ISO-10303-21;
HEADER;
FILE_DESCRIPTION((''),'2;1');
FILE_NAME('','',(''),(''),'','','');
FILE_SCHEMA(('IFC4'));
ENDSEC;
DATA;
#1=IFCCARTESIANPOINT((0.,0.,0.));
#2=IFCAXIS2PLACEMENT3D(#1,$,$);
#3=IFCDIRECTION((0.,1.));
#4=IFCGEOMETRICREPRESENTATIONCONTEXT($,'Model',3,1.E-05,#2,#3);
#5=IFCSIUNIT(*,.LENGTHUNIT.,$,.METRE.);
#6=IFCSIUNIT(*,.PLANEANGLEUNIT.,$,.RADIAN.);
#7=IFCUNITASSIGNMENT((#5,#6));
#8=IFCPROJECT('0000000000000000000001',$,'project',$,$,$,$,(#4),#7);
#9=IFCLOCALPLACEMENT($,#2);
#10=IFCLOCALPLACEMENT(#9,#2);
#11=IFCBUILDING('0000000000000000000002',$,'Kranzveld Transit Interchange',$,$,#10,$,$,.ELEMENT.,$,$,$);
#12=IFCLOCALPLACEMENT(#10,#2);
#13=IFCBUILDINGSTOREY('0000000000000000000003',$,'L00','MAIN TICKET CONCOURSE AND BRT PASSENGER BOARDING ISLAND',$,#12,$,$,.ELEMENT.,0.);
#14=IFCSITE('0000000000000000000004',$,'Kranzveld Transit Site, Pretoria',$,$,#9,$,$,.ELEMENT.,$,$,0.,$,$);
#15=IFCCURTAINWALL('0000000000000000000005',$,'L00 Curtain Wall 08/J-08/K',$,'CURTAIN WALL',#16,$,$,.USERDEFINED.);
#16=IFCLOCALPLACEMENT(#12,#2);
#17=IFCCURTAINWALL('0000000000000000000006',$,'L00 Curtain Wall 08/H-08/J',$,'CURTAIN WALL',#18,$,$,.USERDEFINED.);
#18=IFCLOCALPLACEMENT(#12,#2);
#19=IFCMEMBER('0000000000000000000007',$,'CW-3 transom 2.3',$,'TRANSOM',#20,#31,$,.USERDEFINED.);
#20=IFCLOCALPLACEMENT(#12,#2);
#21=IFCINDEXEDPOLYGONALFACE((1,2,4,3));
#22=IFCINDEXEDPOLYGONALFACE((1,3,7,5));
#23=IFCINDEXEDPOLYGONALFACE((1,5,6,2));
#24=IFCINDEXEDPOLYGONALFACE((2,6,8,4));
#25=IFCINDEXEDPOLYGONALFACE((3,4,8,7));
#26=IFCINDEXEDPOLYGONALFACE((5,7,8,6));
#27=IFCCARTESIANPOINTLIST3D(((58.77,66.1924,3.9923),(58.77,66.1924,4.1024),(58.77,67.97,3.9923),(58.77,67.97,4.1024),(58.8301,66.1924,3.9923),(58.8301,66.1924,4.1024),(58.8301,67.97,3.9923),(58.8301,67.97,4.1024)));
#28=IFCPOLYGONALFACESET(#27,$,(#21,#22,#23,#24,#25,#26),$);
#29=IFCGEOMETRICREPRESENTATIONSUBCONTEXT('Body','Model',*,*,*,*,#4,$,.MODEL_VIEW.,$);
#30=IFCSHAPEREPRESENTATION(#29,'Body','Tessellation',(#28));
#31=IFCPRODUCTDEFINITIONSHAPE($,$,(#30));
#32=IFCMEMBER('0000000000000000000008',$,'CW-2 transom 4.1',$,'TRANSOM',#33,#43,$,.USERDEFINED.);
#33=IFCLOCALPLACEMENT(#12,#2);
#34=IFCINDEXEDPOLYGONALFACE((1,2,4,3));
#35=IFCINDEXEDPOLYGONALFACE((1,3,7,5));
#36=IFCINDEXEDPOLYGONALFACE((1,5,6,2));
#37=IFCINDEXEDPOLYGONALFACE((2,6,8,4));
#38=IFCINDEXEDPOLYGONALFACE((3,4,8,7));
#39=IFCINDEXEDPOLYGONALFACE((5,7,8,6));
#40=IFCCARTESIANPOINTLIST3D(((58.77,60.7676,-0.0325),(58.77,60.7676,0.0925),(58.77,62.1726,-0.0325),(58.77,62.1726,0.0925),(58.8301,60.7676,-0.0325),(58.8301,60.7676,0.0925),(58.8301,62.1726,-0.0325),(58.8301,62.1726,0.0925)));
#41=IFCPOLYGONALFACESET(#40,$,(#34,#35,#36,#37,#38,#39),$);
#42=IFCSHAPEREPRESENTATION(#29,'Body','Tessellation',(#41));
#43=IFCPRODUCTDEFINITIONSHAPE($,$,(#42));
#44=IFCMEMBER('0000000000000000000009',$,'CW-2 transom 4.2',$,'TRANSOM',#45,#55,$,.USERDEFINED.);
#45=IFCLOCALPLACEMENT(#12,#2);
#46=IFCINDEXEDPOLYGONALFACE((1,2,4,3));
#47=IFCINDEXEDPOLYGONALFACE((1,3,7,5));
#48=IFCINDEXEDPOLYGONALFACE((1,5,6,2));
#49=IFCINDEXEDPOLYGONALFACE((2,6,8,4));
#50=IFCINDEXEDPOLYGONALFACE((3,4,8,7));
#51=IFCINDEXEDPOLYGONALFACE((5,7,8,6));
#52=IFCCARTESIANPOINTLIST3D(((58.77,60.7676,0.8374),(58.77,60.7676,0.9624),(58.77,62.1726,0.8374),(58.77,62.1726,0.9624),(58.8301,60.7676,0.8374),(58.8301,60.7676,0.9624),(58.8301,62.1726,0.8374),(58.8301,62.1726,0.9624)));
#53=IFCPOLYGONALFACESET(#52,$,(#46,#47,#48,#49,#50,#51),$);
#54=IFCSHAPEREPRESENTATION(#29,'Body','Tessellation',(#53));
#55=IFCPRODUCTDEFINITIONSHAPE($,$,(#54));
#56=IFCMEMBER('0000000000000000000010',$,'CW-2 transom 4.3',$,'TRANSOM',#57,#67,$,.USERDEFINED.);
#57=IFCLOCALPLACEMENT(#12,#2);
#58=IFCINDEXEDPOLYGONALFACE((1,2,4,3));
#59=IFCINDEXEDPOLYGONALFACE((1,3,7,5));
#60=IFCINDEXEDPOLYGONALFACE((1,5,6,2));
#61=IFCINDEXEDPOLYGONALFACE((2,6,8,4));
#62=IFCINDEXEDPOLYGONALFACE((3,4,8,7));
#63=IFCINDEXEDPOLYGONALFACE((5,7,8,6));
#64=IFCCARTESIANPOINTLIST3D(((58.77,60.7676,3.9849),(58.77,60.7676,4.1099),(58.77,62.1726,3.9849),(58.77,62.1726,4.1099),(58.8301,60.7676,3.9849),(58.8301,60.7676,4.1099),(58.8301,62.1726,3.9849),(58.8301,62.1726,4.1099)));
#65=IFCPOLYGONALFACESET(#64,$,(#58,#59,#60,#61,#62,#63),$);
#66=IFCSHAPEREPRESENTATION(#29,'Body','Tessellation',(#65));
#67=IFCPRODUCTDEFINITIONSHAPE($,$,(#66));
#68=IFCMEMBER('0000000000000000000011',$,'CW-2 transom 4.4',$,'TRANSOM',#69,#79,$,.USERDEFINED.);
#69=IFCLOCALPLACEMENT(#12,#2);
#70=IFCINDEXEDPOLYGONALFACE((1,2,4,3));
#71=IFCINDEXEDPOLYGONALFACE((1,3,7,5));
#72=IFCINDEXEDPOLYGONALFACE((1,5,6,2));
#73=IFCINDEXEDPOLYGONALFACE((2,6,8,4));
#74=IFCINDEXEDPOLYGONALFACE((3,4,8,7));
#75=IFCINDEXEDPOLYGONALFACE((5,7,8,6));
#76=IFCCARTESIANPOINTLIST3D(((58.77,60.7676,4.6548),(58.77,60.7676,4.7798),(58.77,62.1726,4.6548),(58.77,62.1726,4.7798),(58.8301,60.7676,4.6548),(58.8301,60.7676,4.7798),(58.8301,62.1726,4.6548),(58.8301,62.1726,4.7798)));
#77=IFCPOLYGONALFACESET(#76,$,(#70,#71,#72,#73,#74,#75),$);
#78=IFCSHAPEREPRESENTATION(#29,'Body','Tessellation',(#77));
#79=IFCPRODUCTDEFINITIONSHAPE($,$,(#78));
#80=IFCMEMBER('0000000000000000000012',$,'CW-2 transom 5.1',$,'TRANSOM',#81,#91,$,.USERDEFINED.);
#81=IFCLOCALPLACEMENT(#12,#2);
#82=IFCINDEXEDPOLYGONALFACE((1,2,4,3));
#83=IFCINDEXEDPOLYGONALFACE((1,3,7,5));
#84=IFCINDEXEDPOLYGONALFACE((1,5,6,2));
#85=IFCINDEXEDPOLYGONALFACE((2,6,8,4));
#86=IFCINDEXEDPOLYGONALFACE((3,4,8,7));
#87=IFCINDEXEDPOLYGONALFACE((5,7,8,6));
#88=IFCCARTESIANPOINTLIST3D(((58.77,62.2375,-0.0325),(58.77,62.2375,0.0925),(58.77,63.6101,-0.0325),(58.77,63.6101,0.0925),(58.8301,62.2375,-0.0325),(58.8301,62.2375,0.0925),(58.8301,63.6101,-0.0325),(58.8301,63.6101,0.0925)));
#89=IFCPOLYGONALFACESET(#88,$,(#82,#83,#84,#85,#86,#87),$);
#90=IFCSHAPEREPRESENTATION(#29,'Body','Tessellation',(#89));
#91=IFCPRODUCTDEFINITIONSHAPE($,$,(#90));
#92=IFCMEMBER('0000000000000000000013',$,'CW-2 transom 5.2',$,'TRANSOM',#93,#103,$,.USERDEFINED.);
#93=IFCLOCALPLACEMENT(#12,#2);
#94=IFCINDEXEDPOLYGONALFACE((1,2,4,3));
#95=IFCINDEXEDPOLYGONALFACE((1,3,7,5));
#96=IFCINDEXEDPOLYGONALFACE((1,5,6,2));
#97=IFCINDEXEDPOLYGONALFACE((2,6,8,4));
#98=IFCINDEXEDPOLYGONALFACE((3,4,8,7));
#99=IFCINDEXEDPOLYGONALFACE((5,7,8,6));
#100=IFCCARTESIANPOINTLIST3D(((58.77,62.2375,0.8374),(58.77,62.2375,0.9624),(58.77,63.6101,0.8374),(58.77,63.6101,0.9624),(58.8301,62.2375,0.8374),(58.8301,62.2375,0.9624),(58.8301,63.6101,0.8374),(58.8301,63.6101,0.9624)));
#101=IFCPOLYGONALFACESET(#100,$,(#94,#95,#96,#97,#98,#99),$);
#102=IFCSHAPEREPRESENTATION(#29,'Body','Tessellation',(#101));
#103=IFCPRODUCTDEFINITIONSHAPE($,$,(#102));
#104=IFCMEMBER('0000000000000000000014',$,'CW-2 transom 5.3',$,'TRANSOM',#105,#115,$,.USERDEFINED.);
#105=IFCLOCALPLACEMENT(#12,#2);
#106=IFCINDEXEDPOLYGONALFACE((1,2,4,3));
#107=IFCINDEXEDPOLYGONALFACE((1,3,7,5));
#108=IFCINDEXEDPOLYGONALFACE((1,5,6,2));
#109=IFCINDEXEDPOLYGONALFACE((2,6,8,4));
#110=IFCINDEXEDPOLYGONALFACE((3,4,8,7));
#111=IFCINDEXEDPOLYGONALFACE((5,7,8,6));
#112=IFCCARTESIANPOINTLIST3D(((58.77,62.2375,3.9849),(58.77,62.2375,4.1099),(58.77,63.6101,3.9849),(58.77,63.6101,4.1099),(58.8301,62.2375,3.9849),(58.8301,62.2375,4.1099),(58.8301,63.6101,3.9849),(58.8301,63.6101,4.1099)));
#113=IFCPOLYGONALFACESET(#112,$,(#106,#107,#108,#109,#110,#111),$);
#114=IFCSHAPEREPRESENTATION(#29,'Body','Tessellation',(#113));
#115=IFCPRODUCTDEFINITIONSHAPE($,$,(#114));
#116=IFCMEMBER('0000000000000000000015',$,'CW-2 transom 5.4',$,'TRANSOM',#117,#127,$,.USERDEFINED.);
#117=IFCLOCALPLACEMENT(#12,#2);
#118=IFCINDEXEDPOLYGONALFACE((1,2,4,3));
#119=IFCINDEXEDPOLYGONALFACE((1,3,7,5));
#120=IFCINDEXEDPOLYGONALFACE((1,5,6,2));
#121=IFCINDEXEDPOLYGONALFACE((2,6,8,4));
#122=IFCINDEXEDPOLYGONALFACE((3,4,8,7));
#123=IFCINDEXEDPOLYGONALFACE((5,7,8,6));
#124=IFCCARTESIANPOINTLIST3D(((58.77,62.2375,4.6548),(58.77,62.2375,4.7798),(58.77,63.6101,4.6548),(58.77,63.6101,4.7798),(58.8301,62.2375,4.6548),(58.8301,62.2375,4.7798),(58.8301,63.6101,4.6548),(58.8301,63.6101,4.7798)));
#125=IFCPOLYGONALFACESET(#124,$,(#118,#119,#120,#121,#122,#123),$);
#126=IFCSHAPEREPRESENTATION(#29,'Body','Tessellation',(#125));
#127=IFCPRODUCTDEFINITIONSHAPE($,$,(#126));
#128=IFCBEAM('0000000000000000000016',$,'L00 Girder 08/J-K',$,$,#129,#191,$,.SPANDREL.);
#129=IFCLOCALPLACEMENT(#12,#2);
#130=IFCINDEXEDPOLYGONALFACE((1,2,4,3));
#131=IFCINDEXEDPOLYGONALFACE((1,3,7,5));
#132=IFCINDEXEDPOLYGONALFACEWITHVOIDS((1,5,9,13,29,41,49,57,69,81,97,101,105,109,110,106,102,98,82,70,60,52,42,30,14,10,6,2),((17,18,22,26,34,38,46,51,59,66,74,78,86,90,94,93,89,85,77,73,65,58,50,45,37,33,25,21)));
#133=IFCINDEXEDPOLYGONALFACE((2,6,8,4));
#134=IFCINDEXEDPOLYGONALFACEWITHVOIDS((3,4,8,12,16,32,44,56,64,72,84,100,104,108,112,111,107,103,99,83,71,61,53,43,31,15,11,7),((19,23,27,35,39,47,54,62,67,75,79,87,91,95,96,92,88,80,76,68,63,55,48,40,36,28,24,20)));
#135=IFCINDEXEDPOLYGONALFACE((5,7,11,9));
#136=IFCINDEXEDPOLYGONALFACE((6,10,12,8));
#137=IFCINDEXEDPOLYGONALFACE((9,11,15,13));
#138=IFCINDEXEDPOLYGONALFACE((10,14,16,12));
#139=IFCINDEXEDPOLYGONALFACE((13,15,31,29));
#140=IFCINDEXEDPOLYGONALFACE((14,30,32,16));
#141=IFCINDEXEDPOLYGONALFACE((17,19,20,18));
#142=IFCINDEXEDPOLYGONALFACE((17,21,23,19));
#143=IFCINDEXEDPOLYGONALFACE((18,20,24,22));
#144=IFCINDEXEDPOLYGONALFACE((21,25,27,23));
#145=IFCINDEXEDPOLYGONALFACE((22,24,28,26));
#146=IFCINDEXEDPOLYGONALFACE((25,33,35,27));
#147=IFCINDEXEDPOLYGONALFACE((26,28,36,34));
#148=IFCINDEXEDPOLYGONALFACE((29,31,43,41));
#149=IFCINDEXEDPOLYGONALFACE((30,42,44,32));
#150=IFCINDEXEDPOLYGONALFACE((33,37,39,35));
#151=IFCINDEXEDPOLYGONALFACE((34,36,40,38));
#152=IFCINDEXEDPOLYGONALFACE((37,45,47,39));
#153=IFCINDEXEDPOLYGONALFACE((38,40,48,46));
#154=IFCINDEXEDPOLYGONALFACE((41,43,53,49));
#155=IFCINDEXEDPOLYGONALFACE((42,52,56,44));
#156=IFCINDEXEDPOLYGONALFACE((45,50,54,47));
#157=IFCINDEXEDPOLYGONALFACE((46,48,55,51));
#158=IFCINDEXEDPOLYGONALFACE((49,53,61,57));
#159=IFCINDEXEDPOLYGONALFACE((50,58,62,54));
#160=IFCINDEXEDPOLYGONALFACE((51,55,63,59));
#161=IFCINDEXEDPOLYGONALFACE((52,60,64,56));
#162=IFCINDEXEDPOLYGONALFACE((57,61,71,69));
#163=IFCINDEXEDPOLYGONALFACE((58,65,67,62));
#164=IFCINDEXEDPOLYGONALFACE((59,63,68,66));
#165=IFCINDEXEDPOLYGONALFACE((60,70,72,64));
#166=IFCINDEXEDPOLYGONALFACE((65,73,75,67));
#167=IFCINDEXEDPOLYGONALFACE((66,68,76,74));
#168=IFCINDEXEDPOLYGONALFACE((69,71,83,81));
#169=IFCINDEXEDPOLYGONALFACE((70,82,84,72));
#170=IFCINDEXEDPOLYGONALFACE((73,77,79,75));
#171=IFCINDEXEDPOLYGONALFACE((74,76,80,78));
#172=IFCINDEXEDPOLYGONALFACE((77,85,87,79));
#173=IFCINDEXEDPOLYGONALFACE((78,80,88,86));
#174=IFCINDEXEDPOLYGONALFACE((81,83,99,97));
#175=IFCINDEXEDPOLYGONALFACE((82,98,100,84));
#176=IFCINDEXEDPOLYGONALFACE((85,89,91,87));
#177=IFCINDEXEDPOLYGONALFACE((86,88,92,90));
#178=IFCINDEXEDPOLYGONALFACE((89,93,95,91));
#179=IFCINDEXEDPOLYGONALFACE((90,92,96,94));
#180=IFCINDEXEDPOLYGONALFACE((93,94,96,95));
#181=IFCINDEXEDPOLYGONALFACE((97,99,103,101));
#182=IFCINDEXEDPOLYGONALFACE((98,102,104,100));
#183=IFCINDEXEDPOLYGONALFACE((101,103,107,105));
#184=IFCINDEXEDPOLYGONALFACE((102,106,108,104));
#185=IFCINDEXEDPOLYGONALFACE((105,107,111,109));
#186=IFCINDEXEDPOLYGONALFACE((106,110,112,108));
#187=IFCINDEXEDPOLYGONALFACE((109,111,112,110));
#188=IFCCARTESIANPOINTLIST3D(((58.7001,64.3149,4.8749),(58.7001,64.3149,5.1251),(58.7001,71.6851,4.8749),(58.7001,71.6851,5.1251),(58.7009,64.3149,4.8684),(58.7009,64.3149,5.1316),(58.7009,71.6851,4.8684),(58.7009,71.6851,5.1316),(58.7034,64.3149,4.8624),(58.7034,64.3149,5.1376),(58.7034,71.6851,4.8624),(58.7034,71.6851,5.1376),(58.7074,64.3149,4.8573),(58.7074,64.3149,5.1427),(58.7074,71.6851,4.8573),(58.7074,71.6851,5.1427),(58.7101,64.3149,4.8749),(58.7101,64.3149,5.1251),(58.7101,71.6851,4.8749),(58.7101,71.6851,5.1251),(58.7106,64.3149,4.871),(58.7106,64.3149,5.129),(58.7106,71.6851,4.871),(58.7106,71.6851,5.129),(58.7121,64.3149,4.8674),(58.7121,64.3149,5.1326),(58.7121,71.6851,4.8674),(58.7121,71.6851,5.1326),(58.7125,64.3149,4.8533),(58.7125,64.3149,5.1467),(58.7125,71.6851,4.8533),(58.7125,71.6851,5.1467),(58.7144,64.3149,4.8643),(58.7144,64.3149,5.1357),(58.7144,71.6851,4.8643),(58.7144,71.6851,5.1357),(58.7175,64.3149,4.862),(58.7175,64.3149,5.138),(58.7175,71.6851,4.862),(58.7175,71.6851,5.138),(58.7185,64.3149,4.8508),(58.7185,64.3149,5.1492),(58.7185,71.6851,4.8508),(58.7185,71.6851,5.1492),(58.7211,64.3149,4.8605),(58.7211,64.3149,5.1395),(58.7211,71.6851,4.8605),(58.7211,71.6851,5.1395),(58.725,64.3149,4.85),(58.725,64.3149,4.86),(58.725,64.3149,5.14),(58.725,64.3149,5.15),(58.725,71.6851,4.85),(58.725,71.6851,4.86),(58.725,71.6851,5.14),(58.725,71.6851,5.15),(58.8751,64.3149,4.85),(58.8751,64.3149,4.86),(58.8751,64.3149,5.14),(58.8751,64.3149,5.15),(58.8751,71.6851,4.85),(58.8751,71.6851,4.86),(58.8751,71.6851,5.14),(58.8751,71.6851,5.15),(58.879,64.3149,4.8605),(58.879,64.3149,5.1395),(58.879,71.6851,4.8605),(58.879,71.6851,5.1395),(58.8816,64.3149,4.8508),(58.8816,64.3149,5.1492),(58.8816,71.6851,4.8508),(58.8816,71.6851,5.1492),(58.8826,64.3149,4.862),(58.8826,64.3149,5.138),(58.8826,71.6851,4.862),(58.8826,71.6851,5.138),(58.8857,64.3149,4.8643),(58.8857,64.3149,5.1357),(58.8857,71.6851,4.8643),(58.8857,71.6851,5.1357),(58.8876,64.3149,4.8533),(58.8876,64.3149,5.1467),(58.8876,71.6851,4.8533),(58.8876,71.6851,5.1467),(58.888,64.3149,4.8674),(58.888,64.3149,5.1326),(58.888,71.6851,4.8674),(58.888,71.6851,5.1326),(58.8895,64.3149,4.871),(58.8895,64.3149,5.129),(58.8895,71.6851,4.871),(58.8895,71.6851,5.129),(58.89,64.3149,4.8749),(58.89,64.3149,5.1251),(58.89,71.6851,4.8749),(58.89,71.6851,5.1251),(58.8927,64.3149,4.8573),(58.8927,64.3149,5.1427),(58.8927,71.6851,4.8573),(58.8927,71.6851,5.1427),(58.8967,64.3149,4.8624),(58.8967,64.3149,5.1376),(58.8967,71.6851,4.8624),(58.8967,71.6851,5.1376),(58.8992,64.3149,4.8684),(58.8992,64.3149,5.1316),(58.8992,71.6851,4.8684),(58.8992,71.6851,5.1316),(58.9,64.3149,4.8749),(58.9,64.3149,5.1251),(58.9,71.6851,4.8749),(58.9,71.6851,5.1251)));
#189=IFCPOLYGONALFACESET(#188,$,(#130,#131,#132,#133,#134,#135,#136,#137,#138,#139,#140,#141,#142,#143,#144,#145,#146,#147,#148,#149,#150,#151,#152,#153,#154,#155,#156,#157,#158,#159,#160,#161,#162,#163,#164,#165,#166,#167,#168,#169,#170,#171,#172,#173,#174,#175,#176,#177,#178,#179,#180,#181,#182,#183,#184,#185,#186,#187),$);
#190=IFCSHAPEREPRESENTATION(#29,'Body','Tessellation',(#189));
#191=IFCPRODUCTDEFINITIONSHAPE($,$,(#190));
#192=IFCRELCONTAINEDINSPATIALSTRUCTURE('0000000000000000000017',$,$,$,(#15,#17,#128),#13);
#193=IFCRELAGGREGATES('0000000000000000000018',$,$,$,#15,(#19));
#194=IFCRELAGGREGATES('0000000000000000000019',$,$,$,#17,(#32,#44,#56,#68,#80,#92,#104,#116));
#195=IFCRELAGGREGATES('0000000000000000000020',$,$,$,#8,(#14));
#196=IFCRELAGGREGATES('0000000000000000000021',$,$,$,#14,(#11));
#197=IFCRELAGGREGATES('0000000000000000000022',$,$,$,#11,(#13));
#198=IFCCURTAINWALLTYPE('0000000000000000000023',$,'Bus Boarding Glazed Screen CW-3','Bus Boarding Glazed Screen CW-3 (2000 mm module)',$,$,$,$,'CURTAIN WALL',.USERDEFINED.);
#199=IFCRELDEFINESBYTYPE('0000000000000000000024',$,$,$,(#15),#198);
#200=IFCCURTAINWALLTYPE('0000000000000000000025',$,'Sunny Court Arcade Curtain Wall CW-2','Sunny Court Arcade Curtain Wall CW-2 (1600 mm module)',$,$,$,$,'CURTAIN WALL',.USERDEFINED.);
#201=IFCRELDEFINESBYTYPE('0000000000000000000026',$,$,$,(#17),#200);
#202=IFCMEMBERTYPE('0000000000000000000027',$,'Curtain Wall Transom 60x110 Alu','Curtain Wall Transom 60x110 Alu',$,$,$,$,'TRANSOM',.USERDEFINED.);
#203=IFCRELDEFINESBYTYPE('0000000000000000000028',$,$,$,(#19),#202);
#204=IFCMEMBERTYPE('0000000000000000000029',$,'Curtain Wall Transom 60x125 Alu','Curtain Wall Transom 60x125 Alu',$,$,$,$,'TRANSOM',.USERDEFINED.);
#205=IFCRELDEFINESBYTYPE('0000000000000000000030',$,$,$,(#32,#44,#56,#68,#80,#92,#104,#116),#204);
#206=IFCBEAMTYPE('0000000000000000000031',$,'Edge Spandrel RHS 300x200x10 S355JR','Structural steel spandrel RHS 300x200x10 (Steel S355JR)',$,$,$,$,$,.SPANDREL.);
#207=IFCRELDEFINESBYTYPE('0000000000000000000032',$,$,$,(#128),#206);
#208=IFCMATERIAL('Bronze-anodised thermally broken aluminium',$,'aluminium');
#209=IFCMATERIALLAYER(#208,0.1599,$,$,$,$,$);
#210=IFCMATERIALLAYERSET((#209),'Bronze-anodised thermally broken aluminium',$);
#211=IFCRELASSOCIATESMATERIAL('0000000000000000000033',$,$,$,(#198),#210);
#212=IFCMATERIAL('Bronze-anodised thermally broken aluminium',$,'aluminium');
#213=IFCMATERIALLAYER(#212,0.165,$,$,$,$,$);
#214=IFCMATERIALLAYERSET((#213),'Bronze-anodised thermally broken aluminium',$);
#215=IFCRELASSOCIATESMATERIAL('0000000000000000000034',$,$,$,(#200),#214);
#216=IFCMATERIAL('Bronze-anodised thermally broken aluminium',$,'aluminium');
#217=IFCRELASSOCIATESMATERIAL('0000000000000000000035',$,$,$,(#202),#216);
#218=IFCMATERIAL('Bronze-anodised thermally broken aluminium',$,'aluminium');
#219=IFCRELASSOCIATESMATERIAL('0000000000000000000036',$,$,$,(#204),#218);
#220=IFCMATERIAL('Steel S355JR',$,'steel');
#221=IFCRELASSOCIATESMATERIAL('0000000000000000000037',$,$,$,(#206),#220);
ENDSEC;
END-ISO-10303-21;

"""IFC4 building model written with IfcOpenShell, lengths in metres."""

from ifc_helpers import new_model, si_unit, direction, frame, origin, origin_2d, place, context, subcontext, project, spatial, rectangle, hollow_rectangle, extrude, material, layer, layer_set, material_profile, profile_set, type_object, element, aggregate, save


model = new_model("IFC4")

# Units and contexts
model_context = context("Model", 3, precision=1e-05, world=origin(), true_north=direction((0.0, 1.0)))
body_context = subcontext(model_context, "Body", "Model", "MODEL_VIEW")
ifc_project = project(units=[si_unit("LENGTHUNIT", "METRE"), si_unit("PLANEANGLEUNIT", "RADIAN")], contexts=[model_context])

# Site, building, storey
site_placement = place(None, origin())
site = spatial("IfcSite", under=ifc_project, at=site_placement, Name="Kranzveld Transit Site, Pretoria", CompositionType="ELEMENT", RefElevation=0.0)
building_placement = place(site_placement, origin())
building = spatial("IfcBuilding", under=site, at=building_placement, Name="Kranzveld Transit Interchange", CompositionType="ELEMENT")
storey_placement = place(building_placement, origin())
storey = spatial("IfcBuildingStorey", under=building, at=storey_placement, Name="L00", Description="MAIN TICKET CONCOURSE AND BRT PASSENGER BOARDING ISLAND", CompositionType="ELEMENT", Elevation=0.0)

# Curtain walls
ifc_material_1 = material(Name="Bronze-anodised thermally broken aluminium", Category="aluminium")
ifc_layer_1 = layer(ifc_material_1, 0.1599)
ifc_layer_set_1 = layer_set([ifc_layer_1], Name="Bronze-anodised thermally broken aluminium")
curtain_wall_type_1 = type_object("IfcCurtainWallType", Name="Bus Boarding Glazed Screen CW-3", Description="Bus Boarding Glazed Screen CW-3 (2000 mm module)", ElementType="CURTAIN WALL", PredefinedType="USERDEFINED", material=ifc_layer_set_1)
curtain_wall_1_placement = place(storey_placement, origin())
curtain_wall_1 = element("IfcCurtainWall", 1, at=curtain_wall_1_placement, inside=storey, type_object=curtain_wall_type_1, Name="L00 Curtain Wall 08/J-08/K", ObjectType="CURTAIN WALL", PredefinedType="USERDEFINED")
ifc_material_2 = material(Name="Bronze-anodised thermally broken aluminium", Category="aluminium")
ifc_layer_2 = layer(ifc_material_2, 0.165)
ifc_layer_set_2 = layer_set([ifc_layer_2], Name="Bronze-anodised thermally broken aluminium")
curtain_wall_type_2 = type_object("IfcCurtainWallType", Name="Sunny Court Arcade Curtain Wall CW-2", Description="Sunny Court Arcade Curtain Wall CW-2 (1600 mm module)", ElementType="CURTAIN WALL", PredefinedType="USERDEFINED", material=ifc_layer_set_2)
curtain_wall_2_placement = place(storey_placement, origin())
curtain_wall_2 = element("IfcCurtainWall", 2, at=curtain_wall_2_placement, inside=storey, type_object=curtain_wall_type_2, Name="L00 Curtain Wall 08/H-08/J", ObjectType="CURTAIN WALL", PredefinedType="USERDEFINED")

# Members
ifc_material_3 = material(Name="Bronze-anodised thermally broken aluminium", Category="aluminium")
ifc_material_profile_1 = material_profile(ifc_material_3, rectangle(XDim=0.0601, YDim=0.1101, at=origin_2d()), Name="ALU TRANSOM 60x110")
ifc_profile_set_1 = profile_set([ifc_material_profile_1], Name="Bronze-anodised thermally broken aluminium")
member_type_1 = type_object("IfcMemberType", Name="Curtain Wall Transom 60x110 Alu", Description="Curtain Wall Transom 60x110 Alu", ElementType="TRANSOM", PredefinedType="USERDEFINED", material=ifc_profile_set_1)
member_1_placement = place(storey_placement, frame((58.8, 66.1924, 4.0474), z_axis=(0.0, 1.0, 0.0), x_axis=(-1.0, 0.0, 0.0)))
member_1 = element("IfcMember", 3, at=member_1_placement, type_object=member_type_1, Name="CW-3 transom 2.3", ObjectType="TRANSOM", PredefinedType="USERDEFINED", context=body_context, shape_type="SweptSolid", body=[
    extrude(rectangle(XDim=0.0601, YDim=0.1101, at=origin_2d()), origin(), (0.0, 0.0, 1.0), 1.7776),
])
ifc_material_4 = material(Name="Bronze-anodised thermally broken aluminium", Category="aluminium")
ifc_material_profile_2 = material_profile(ifc_material_4, rectangle(XDim=0.0601, YDim=0.125, at=origin_2d()), Name="ALU TRANSOM 60x125")
ifc_profile_set_2 = profile_set([ifc_material_profile_2], Name="Bronze-anodised thermally broken aluminium")
member_type_2 = type_object("IfcMemberType", Name="Curtain Wall Transom 60x125 Alu", Description="Curtain Wall Transom 60x125 Alu", ElementType="TRANSOM", PredefinedType="USERDEFINED", material=ifc_profile_set_2)
member_2_placement = place(storey_placement, frame((58.8, 60.7676, 0.03), z_axis=(0.0, 1.0, 0.0), x_axis=(-1.0, 0.0, 0.0)))
member_2 = element("IfcMember", 4, at=member_2_placement, type_object=member_type_2, Name="CW-2 transom 4.1", ObjectType="TRANSOM", PredefinedType="USERDEFINED", context=body_context, shape_type="SweptSolid", body=[
    extrude(rectangle(XDim=0.0601, YDim=0.125, at=origin_2d()), origin(), (0.0, 0.0, 1.0), 1.405),
])
member_3_placement = place(storey_placement, frame((58.8, 60.7676, 0.8999), z_axis=(0.0, 1.0, 0.0), x_axis=(-1.0, 0.0, 0.0)))
member_3 = element("IfcMember", 5, at=member_3_placement, type_object=member_type_2, Name="CW-2 transom 4.2", ObjectType="TRANSOM", PredefinedType="USERDEFINED", context=body_context, shape_type="SweptSolid", body=[
    extrude(rectangle(XDim=0.0601, YDim=0.125, at=origin_2d()), origin(), (0.0, 0.0, 1.0), 1.405),
])
member_4_placement = place(storey_placement, frame((58.8, 60.7676, 4.0474), z_axis=(0.0, 1.0, 0.0), x_axis=(-1.0, 0.0, 0.0)))
member_4 = element("IfcMember", 6, at=member_4_placement, type_object=member_type_2, Name="CW-2 transom 4.3", ObjectType="TRANSOM", PredefinedType="USERDEFINED", context=body_context, shape_type="SweptSolid", body=[
    extrude(rectangle(XDim=0.0601, YDim=0.125, at=origin_2d()), origin(), (0.0, 0.0, 1.0), 1.405),
])
member_5_placement = place(storey_placement, frame((58.8, 60.7676, 4.7173), z_axis=(0.0, 1.0, 0.0), x_axis=(-1.0, 0.0, 0.0)))
member_5 = element("IfcMember", 7, at=member_5_placement, type_object=member_type_2, Name="CW-2 transom 4.4", ObjectType="TRANSOM", PredefinedType="USERDEFINED", context=body_context, shape_type="SweptSolid", body=[
    extrude(rectangle(XDim=0.0601, YDim=0.125, at=origin_2d()), origin(), (0.0, 0.0, 1.0), 1.405),
])
member_6_placement = place(storey_placement, frame((58.8, 62.2375, 0.03), z_axis=(0.0, 1.0, 0.0), x_axis=(-1.0, 0.0, 0.0)))
member_6 = element("IfcMember", 8, at=member_6_placement, type_object=member_type_2, Name="CW-2 transom 5.1", ObjectType="TRANSOM", PredefinedType="USERDEFINED", context=body_context, shape_type="SweptSolid", body=[
    extrude(rectangle(XDim=0.0601, YDim=0.125, at=origin_2d()), origin(), (0.0, 0.0, 1.0), 1.3726),
])
member_7_placement = place(storey_placement, frame((58.8, 62.2375, 0.8999), z_axis=(0.0, 1.0, 0.0), x_axis=(-1.0, 0.0, 0.0)))
member_7 = element("IfcMember", 9, at=member_7_placement, type_object=member_type_2, Name="CW-2 transom 5.2", ObjectType="TRANSOM", PredefinedType="USERDEFINED", context=body_context, shape_type="SweptSolid", body=[
    extrude(rectangle(XDim=0.0601, YDim=0.125, at=origin_2d()), origin(), (0.0, 0.0, 1.0), 1.3726),
])
member_8_placement = place(storey_placement, frame((58.8, 62.2375, 4.0474), z_axis=(0.0, 1.0, 0.0), x_axis=(-1.0, 0.0, 0.0)))
member_8 = element("IfcMember", 10, at=member_8_placement, type_object=member_type_2, Name="CW-2 transom 5.3", ObjectType="TRANSOM", PredefinedType="USERDEFINED", context=body_context, shape_type="SweptSolid", body=[
    extrude(rectangle(XDim=0.0601, YDim=0.125, at=origin_2d()), origin(), (0.0, 0.0, 1.0), 1.3726),
])
member_9_placement = place(storey_placement, frame((58.8, 62.2375, 4.7173), z_axis=(0.0, 1.0, 0.0), x_axis=(-1.0, 0.0, 0.0)))
member_9 = element("IfcMember", 11, at=member_9_placement, type_object=member_type_2, Name="CW-2 transom 5.4", ObjectType="TRANSOM", PredefinedType="USERDEFINED", context=body_context, shape_type="SweptSolid", body=[
    extrude(rectangle(XDim=0.0601, YDim=0.125, at=origin_2d()), origin(), (0.0, 0.0, 1.0), 1.3726),
])

# Beam
ifc_material_5 = material(Name="Steel S355JR", Category="steel")
ifc_material_profile_3 = material_profile(ifc_material_5, hollow_rectangle(XDim=0.2, YDim=0.3, WallThickness=0.01, InnerFilletRadius=0.0149, OuterFilletRadius=0.0249, at=origin_2d()), Name="RHS 300x200x10")
ifc_profile_set_3 = profile_set([ifc_material_profile_3], Name="Steel S355JR")
beam_type = type_object("IfcBeamType", Name="Edge Spandrel RHS 300x200x10 S355JR", Description="Structural steel spandrel RHS 300x200x10 (Steel S355JR)", PredefinedType="SPANDREL", material=ifc_profile_set_3)
beam_placement = place(storey_placement, frame((58.8, 64.3149, 5.0), z_axis=(0.0, 1.0, 0.0), x_axis=(-1.0, 0.0, 0.0)))
element("IfcBeam", 12, at=beam_placement, inside=storey, type_object=beam_type, Name="L00 Girder 08/J-K", PredefinedType="SPANDREL", context=body_context, shape_type="SweptSolid", body=[
    extrude(hollow_rectangle(XDim=0.2, YDim=0.3, WallThickness=0.01, InnerFilletRadius=0.0149, OuterFilletRadius=0.0249, at=origin_2d()), origin(), (0.0, 0.0, 1.0), 7.3701),
])

aggregate(curtain_wall_1, [member_1])
aggregate(curtain_wall_2, [member_2, member_3, member_4, member_5, member_6, member_7, member_8, member_9])

save(model, "model.ifc")
